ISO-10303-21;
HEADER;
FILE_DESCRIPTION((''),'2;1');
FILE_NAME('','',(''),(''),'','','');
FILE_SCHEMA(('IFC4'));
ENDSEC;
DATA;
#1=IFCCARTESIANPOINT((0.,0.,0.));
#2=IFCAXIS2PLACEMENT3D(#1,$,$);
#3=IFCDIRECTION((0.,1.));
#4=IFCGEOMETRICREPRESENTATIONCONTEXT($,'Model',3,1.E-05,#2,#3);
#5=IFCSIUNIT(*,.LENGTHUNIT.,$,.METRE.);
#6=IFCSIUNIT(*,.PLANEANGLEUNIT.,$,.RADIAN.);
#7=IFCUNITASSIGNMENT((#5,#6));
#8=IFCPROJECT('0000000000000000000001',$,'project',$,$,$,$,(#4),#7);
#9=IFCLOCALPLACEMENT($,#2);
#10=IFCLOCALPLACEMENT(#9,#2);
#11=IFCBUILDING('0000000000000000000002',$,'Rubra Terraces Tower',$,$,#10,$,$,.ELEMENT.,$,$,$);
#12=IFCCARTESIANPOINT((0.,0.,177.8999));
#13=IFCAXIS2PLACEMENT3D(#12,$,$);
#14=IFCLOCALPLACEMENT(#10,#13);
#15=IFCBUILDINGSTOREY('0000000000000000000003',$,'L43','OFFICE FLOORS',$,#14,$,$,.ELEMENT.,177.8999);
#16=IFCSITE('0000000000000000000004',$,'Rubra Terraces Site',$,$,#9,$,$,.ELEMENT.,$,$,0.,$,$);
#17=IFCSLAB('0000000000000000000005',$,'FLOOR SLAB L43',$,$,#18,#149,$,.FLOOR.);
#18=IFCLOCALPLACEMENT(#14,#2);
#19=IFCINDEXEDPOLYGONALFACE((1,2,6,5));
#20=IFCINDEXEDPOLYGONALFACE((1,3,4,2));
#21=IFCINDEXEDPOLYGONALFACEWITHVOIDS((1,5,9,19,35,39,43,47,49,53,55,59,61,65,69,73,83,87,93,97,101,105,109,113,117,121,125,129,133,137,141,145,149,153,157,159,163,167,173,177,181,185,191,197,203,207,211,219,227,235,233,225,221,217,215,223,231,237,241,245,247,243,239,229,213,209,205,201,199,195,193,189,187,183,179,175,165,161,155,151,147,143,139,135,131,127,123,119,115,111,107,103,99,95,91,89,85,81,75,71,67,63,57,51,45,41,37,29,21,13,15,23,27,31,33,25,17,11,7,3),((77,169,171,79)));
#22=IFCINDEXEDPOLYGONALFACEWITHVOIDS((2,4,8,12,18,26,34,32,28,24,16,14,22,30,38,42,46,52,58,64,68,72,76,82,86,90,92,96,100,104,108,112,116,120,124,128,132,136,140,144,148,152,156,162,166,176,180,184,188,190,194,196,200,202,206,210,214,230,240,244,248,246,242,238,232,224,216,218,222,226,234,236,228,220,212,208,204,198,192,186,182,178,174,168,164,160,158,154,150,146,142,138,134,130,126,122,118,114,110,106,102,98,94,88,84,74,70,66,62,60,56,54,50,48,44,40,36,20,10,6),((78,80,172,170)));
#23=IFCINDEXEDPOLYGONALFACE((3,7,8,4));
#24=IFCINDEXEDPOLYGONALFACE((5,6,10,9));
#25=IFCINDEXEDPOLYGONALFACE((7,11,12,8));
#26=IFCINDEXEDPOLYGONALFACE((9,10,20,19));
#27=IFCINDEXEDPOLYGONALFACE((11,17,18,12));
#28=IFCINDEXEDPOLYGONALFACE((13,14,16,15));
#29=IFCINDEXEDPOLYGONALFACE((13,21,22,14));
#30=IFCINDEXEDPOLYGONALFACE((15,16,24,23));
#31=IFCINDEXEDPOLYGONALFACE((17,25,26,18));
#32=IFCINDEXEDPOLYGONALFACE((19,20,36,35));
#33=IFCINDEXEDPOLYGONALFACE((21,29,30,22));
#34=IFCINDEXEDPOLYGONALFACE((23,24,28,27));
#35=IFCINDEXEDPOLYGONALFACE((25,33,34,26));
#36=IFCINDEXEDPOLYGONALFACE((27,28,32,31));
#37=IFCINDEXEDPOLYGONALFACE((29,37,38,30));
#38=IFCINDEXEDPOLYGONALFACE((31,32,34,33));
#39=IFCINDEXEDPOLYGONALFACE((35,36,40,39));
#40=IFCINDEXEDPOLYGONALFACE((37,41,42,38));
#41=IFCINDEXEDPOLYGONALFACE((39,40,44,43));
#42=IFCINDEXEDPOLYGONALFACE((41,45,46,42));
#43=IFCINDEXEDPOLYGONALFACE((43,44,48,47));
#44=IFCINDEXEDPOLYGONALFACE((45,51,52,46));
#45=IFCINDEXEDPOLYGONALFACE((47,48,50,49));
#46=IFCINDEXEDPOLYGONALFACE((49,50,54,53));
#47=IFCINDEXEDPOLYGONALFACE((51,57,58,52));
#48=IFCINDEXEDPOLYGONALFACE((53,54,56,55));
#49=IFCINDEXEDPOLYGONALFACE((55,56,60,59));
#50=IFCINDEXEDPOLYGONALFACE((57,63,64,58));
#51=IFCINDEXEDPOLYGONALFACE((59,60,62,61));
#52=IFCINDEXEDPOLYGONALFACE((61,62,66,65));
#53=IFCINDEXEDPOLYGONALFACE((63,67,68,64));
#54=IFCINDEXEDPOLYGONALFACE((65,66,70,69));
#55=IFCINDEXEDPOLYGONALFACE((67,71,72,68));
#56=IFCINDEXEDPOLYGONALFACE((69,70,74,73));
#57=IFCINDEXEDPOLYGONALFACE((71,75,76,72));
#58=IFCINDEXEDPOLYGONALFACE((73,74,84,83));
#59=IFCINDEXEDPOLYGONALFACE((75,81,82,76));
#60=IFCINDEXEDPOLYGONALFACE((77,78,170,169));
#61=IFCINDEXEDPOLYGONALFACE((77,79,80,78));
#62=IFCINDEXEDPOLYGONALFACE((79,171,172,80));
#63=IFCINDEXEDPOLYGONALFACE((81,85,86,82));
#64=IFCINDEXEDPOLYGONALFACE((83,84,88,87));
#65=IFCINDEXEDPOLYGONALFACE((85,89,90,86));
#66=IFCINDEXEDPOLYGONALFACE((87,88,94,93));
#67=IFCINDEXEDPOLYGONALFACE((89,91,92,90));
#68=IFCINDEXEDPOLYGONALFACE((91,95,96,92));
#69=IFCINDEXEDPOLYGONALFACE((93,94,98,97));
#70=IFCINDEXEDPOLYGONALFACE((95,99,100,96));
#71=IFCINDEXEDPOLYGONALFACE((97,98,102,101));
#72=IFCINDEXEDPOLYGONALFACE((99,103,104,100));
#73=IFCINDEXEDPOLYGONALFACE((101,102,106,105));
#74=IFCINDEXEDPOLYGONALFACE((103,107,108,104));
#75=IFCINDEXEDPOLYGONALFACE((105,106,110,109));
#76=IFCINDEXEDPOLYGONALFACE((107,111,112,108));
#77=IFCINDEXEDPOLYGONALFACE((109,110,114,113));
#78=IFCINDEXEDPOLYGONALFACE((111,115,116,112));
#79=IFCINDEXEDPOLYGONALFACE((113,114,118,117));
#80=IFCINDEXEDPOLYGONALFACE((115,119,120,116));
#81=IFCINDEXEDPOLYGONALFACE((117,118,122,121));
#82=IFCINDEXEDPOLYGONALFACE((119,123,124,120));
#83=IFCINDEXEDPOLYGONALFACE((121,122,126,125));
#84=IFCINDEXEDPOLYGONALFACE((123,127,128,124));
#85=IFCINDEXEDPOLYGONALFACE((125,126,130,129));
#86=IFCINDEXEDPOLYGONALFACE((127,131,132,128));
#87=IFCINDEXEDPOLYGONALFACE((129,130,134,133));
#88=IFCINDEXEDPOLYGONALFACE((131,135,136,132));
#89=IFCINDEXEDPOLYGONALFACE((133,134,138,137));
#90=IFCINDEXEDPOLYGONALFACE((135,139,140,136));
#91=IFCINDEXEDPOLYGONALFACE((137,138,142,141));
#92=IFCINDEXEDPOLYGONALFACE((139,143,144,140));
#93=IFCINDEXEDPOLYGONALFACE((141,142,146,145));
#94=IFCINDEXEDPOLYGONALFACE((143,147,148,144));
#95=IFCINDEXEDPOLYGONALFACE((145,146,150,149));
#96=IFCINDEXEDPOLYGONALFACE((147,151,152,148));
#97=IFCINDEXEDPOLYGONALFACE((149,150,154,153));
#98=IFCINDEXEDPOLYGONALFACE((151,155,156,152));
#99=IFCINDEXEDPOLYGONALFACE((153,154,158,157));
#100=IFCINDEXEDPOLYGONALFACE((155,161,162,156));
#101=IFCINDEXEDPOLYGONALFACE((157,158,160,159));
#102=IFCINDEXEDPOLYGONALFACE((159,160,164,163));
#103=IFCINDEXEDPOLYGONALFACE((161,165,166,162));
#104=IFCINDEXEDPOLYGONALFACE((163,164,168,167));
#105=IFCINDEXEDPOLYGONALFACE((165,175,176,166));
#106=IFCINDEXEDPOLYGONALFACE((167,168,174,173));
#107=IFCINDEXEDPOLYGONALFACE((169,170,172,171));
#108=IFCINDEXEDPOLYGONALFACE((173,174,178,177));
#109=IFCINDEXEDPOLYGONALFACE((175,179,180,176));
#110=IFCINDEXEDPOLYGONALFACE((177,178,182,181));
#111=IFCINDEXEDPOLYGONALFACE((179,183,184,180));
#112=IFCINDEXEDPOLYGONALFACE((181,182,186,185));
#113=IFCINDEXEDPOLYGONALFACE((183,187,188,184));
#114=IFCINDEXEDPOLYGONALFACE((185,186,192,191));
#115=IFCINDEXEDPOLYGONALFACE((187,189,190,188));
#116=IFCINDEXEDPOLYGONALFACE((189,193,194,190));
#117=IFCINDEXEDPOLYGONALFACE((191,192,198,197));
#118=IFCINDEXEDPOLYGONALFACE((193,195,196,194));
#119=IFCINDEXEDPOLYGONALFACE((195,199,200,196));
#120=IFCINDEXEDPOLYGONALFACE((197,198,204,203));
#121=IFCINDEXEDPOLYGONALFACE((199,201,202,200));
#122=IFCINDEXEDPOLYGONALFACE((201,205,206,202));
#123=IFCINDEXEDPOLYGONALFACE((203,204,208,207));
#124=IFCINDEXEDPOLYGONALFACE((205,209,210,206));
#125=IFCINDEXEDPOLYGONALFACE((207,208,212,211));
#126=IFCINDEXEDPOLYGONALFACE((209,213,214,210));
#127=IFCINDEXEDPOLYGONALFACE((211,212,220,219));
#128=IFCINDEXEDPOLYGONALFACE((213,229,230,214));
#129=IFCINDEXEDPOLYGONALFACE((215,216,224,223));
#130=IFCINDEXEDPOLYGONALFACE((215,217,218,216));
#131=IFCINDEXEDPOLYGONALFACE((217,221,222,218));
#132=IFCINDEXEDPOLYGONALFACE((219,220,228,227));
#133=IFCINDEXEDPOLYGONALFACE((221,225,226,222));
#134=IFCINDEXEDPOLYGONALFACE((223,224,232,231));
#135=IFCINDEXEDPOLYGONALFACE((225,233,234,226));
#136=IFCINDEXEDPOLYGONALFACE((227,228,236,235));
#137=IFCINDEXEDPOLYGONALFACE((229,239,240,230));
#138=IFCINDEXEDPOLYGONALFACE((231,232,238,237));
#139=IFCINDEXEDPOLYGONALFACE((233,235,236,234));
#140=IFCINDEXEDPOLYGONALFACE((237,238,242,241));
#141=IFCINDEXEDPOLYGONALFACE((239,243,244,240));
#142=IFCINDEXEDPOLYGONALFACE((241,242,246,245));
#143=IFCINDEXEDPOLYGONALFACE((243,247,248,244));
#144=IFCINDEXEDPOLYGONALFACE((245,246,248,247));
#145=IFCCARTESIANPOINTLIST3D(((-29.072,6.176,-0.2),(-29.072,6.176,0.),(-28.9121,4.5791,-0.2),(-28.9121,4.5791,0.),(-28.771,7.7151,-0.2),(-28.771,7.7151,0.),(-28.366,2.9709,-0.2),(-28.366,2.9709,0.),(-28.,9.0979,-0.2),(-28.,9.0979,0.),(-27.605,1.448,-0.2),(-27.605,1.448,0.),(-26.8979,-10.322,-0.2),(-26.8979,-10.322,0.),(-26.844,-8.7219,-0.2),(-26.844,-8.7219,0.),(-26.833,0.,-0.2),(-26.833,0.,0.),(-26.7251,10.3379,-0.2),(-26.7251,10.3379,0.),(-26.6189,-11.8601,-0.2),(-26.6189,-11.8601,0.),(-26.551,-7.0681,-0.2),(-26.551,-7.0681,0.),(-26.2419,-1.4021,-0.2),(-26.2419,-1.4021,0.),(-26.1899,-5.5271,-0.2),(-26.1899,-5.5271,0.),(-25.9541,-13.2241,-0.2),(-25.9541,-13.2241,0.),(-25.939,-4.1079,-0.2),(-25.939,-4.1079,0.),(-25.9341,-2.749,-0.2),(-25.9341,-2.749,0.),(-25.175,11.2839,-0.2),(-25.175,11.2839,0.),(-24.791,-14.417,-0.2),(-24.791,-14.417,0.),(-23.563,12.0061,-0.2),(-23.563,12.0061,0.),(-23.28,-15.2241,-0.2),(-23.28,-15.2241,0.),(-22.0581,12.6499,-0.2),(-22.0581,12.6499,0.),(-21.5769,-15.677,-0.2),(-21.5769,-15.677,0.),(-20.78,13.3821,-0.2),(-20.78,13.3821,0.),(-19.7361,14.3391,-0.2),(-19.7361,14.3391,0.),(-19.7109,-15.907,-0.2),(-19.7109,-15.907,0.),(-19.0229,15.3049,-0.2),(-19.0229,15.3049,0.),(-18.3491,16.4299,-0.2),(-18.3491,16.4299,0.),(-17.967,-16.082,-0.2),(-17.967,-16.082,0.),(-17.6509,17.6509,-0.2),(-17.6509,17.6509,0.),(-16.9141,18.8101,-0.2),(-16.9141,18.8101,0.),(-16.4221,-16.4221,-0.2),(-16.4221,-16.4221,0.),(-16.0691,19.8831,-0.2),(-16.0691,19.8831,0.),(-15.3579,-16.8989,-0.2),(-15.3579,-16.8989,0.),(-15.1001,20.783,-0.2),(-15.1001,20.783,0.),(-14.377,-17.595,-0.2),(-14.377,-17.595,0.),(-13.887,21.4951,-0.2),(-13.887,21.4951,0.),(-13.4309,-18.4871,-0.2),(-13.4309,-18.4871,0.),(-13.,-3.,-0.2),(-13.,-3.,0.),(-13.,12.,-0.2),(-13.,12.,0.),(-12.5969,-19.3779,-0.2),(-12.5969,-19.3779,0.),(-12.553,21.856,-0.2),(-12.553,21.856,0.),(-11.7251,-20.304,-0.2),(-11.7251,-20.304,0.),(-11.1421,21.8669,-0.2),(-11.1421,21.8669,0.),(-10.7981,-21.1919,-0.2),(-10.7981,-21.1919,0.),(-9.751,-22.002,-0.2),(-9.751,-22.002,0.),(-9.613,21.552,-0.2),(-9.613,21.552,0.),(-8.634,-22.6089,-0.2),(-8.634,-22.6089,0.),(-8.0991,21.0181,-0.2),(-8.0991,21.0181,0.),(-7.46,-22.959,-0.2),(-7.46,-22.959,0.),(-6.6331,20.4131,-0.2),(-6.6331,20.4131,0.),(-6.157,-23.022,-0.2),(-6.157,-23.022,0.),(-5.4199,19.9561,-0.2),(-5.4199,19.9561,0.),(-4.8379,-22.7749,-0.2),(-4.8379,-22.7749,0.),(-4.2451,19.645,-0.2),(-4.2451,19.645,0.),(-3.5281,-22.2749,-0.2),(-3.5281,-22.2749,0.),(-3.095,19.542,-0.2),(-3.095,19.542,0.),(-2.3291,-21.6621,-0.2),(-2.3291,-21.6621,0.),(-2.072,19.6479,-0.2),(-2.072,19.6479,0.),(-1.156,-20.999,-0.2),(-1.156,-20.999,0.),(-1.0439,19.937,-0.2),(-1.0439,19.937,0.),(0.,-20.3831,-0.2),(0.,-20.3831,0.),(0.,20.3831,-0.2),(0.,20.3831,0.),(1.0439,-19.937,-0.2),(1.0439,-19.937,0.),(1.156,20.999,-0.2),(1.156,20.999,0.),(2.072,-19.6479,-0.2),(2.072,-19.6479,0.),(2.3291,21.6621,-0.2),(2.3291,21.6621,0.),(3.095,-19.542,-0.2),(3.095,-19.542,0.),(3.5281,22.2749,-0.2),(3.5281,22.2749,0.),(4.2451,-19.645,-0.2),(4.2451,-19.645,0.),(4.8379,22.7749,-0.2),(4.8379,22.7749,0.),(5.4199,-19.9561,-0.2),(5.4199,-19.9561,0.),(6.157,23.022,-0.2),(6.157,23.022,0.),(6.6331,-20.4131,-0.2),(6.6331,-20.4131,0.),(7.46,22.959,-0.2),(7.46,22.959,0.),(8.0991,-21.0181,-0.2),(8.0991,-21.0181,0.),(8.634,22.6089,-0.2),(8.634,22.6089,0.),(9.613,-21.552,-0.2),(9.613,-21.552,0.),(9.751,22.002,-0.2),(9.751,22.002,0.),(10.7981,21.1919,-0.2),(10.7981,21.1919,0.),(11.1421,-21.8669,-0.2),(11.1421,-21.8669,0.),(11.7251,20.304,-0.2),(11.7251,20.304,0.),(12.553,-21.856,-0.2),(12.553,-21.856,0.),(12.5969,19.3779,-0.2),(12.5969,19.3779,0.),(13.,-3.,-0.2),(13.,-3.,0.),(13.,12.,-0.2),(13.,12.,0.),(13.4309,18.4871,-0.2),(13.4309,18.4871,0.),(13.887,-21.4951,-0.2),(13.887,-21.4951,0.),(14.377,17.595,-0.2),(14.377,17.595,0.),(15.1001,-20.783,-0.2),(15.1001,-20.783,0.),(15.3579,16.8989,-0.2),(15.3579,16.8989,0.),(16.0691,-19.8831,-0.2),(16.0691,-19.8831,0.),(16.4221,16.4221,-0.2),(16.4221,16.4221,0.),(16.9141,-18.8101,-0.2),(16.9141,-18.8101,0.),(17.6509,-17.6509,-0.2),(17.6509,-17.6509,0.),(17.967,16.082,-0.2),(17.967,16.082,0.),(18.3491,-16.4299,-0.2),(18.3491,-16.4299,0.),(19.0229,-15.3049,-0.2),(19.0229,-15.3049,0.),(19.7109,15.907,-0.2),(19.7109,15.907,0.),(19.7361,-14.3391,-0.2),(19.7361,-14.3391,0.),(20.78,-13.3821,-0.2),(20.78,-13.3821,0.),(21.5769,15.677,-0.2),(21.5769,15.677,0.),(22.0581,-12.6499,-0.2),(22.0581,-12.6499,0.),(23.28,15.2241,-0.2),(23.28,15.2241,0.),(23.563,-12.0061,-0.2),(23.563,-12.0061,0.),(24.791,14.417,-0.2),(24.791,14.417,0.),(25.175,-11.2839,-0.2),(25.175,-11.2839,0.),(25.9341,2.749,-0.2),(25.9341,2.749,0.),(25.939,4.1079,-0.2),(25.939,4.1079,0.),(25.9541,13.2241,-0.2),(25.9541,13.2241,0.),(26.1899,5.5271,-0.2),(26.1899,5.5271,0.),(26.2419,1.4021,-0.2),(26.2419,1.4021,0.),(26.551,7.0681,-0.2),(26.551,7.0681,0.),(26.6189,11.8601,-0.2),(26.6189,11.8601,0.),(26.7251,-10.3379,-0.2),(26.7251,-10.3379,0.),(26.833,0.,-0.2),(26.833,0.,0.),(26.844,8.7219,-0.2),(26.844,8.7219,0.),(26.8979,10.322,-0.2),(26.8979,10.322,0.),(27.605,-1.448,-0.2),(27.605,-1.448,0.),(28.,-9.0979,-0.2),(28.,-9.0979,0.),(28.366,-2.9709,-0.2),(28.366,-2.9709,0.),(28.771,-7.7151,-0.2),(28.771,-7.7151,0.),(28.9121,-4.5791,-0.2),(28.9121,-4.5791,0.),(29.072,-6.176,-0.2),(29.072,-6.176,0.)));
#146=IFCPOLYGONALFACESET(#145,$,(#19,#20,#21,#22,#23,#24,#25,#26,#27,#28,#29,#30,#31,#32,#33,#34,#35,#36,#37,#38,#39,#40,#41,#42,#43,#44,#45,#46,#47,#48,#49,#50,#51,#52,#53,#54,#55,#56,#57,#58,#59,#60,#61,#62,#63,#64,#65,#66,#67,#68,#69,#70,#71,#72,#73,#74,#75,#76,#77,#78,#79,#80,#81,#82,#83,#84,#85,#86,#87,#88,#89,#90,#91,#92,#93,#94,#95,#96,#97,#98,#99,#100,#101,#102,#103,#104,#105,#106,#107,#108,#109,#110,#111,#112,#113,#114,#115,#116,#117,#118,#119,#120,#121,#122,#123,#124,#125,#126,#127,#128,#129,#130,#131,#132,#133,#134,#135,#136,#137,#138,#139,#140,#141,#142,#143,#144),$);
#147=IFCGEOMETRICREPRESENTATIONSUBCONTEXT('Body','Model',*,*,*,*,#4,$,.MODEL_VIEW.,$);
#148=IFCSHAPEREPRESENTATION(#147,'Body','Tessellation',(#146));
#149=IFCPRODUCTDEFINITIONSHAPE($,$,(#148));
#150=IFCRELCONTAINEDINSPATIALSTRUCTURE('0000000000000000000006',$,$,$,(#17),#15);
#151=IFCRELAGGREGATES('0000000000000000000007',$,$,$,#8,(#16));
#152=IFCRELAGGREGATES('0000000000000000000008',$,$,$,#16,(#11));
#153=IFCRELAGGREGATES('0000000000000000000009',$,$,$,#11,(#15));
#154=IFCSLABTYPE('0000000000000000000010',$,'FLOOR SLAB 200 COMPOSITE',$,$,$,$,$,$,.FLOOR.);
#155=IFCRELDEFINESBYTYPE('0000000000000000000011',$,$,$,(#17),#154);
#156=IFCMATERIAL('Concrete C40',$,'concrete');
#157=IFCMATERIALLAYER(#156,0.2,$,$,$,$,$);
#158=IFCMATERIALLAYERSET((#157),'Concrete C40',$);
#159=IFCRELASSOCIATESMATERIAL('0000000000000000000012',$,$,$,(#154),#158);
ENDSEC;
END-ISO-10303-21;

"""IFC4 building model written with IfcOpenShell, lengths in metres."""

from ifc_helpers import new_model, si_unit, direction, frame, origin, place, context, subcontext, project, spatial, polyline, outline, extrude, material, layer, layer_set, type_object, element, save


model = new_model("IFC4")

# Units and contexts
model_context = context("Model", 3, precision=1e-05, world=origin(), true_north=direction((0.0, 1.0)))
body_context = subcontext(model_context, "Body", "Model", "MODEL_VIEW")
ifc_project = project(units=[si_unit("LENGTHUNIT", "METRE"), si_unit("PLANEANGLEUNIT", "RADIAN")], contexts=[model_context])

# Site, building, storey
site_placement = place(None, origin())
site = spatial("IfcSite", under=ifc_project, at=site_placement, Name="Rubra Terraces Site", CompositionType="ELEMENT", RefElevation=0.0)
building_placement = place(site_placement, origin())
building = spatial("IfcBuilding", under=site, at=building_placement, Name="Rubra Terraces Tower", CompositionType="ELEMENT")
storey_placement = place(building_placement, frame((0.0, 0.0, 177.8999)))
storey = spatial("IfcBuildingStorey", under=building, at=storey_placement, Name="L43", Description="OFFICE FLOORS", CompositionType="ELEMENT", Elevation=177.8999)

# Shared definitions
ifc_material_1 = material(Name="Concrete C40", Category="concrete")

# Slab
ifc_layer_1 = layer(ifc_material_1, 0.2)
ifc_layer_set_1 = layer_set([ifc_layer_1], Name="Concrete C40")
slab_type_1 = type_object("IfcSlabType", Name="FLOOR SLAB 200 COMPOSITE", PredefinedType="FLOOR", material=ifc_layer_set_1)
slab_1_placement = place(storey_placement, frame((0.0, 0.0, -0.2)))
element("IfcSlab", 1, at=slab_1_placement, inside=storey, type_object=slab_type_1, Name="FLOOR SLAB L43", PredefinedType="FLOOR", context=body_context, shape_type="SweptSolid", body=[
    extrude(outline(polyline([(27.605, -1.448), (26.833, 0.0), (26.2419, 1.4021), (25.9341, 2.749), (25.939, 4.1079), (26.1899, 5.5271), (26.551, 7.0681), (26.844, 8.7219), (26.8979, 10.322), (26.6189, 11.8601), (25.9541, 13.2241), (24.791, 14.417), (23.28, 15.2241), (21.5769, 15.677), (19.7109, 15.907), (17.967, 16.082), (16.4221, 16.4221), (15.3579, 16.8989), (14.377, 17.595), (13.4309, 18.4871), (12.5969, 19.3779), (11.7251, 20.304), (10.7981, 21.1919), (9.751, 22.002), (8.634, 22.6089), (7.46, 22.959), (6.157, 23.022), (4.8379, 22.7749), (3.5281, 22.2749), (2.3291, 21.6621), (1.156, 20.999), (0.0, 20.3831), (-1.0439, 19.937), (-2.072, 19.6479), (-3.095, 19.542), (-4.2451, 19.645), (-5.4199, 19.9561), (-6.6331, 20.4131), (-8.0991, 21.0181), (-9.613, 21.552), (-11.1421, 21.8669), (-12.553, 21.856), (-13.887, 21.4951), (-15.1001, 20.783), (-16.0691, 19.8831), (-16.9141, 18.8101), (-17.6509, 17.6509), (-18.3491, 16.4299), (-19.0229, 15.3049), (-19.7361, 14.3391), (-20.78, 13.3821), (-22.0581, 12.6499), (-23.563, 12.0061), (-25.175, 11.2839), (-26.7251, 10.3379), (-28.0, 9.0979), (-28.771, 7.7151), (-29.072, 6.176), (-28.9121, 4.5791), (-28.366, 2.9709), (-27.605, 1.448), (-26.833, 0.0), (-26.2419, -1.4021), (-25.9341, -2.749), (-25.939, -4.1079), (-26.1899, -5.5271), (-26.551, -7.0681), (-26.844, -8.7219), (-26.8979, -10.322), (-26.6189, -11.8601), (-25.9541, -13.2241), (-24.791, -14.417), (-23.28, -15.2241), (-21.5769, -15.677), (-19.7109, -15.907), (-17.967, -16.082), (-16.4221, -16.4221), (-15.3579, -16.8989), (-14.377, -17.595), (-13.4309, -18.4871), (-12.5969, -19.3779), (-11.7251, -20.304), (-10.7981, -21.1919), (-9.751, -22.002), (-8.634, -22.6089), (-7.46, -22.959), (-6.157, -23.022), (-4.8379, -22.7749), (-3.5281, -22.2749), (-2.3291, -21.6621), (-1.156, -20.999), (0.0, -20.3831), (1.0439, -19.937), (2.072, -19.6479), (3.095, -19.542), (4.2451, -19.645), (5.4199, -19.9561), (6.6331, -20.4131), (8.0991, -21.0181), (9.613, -21.552), (11.1421, -21.8669), (12.553, -21.856), (13.887, -21.4951), (15.1001, -20.783), (16.0691, -19.8831), (16.9141, -18.8101), (17.6509, -17.6509), (18.3491, -16.4299), (19.0229, -15.3049), (19.7361, -14.3391), (20.78, -13.3821), (22.0581, -12.6499), (23.563, -12.0061), (25.175, -11.2839), (26.7251, -10.3379), (28.0, -9.0979), (28.771, -7.7151), (29.072, -6.176), (28.9121, -4.5791), (28.366, -2.9709), (27.605, -1.448)]), holes=[polyline([(13.0, 12.0), (13.0, -3.0), (-13.0, -3.0), (-13.0, 12.0), (13.0, 12.0)])]), origin(), (0.0, 0.0, 1.0), 0.2),
])

save(model, "model.ifc")
